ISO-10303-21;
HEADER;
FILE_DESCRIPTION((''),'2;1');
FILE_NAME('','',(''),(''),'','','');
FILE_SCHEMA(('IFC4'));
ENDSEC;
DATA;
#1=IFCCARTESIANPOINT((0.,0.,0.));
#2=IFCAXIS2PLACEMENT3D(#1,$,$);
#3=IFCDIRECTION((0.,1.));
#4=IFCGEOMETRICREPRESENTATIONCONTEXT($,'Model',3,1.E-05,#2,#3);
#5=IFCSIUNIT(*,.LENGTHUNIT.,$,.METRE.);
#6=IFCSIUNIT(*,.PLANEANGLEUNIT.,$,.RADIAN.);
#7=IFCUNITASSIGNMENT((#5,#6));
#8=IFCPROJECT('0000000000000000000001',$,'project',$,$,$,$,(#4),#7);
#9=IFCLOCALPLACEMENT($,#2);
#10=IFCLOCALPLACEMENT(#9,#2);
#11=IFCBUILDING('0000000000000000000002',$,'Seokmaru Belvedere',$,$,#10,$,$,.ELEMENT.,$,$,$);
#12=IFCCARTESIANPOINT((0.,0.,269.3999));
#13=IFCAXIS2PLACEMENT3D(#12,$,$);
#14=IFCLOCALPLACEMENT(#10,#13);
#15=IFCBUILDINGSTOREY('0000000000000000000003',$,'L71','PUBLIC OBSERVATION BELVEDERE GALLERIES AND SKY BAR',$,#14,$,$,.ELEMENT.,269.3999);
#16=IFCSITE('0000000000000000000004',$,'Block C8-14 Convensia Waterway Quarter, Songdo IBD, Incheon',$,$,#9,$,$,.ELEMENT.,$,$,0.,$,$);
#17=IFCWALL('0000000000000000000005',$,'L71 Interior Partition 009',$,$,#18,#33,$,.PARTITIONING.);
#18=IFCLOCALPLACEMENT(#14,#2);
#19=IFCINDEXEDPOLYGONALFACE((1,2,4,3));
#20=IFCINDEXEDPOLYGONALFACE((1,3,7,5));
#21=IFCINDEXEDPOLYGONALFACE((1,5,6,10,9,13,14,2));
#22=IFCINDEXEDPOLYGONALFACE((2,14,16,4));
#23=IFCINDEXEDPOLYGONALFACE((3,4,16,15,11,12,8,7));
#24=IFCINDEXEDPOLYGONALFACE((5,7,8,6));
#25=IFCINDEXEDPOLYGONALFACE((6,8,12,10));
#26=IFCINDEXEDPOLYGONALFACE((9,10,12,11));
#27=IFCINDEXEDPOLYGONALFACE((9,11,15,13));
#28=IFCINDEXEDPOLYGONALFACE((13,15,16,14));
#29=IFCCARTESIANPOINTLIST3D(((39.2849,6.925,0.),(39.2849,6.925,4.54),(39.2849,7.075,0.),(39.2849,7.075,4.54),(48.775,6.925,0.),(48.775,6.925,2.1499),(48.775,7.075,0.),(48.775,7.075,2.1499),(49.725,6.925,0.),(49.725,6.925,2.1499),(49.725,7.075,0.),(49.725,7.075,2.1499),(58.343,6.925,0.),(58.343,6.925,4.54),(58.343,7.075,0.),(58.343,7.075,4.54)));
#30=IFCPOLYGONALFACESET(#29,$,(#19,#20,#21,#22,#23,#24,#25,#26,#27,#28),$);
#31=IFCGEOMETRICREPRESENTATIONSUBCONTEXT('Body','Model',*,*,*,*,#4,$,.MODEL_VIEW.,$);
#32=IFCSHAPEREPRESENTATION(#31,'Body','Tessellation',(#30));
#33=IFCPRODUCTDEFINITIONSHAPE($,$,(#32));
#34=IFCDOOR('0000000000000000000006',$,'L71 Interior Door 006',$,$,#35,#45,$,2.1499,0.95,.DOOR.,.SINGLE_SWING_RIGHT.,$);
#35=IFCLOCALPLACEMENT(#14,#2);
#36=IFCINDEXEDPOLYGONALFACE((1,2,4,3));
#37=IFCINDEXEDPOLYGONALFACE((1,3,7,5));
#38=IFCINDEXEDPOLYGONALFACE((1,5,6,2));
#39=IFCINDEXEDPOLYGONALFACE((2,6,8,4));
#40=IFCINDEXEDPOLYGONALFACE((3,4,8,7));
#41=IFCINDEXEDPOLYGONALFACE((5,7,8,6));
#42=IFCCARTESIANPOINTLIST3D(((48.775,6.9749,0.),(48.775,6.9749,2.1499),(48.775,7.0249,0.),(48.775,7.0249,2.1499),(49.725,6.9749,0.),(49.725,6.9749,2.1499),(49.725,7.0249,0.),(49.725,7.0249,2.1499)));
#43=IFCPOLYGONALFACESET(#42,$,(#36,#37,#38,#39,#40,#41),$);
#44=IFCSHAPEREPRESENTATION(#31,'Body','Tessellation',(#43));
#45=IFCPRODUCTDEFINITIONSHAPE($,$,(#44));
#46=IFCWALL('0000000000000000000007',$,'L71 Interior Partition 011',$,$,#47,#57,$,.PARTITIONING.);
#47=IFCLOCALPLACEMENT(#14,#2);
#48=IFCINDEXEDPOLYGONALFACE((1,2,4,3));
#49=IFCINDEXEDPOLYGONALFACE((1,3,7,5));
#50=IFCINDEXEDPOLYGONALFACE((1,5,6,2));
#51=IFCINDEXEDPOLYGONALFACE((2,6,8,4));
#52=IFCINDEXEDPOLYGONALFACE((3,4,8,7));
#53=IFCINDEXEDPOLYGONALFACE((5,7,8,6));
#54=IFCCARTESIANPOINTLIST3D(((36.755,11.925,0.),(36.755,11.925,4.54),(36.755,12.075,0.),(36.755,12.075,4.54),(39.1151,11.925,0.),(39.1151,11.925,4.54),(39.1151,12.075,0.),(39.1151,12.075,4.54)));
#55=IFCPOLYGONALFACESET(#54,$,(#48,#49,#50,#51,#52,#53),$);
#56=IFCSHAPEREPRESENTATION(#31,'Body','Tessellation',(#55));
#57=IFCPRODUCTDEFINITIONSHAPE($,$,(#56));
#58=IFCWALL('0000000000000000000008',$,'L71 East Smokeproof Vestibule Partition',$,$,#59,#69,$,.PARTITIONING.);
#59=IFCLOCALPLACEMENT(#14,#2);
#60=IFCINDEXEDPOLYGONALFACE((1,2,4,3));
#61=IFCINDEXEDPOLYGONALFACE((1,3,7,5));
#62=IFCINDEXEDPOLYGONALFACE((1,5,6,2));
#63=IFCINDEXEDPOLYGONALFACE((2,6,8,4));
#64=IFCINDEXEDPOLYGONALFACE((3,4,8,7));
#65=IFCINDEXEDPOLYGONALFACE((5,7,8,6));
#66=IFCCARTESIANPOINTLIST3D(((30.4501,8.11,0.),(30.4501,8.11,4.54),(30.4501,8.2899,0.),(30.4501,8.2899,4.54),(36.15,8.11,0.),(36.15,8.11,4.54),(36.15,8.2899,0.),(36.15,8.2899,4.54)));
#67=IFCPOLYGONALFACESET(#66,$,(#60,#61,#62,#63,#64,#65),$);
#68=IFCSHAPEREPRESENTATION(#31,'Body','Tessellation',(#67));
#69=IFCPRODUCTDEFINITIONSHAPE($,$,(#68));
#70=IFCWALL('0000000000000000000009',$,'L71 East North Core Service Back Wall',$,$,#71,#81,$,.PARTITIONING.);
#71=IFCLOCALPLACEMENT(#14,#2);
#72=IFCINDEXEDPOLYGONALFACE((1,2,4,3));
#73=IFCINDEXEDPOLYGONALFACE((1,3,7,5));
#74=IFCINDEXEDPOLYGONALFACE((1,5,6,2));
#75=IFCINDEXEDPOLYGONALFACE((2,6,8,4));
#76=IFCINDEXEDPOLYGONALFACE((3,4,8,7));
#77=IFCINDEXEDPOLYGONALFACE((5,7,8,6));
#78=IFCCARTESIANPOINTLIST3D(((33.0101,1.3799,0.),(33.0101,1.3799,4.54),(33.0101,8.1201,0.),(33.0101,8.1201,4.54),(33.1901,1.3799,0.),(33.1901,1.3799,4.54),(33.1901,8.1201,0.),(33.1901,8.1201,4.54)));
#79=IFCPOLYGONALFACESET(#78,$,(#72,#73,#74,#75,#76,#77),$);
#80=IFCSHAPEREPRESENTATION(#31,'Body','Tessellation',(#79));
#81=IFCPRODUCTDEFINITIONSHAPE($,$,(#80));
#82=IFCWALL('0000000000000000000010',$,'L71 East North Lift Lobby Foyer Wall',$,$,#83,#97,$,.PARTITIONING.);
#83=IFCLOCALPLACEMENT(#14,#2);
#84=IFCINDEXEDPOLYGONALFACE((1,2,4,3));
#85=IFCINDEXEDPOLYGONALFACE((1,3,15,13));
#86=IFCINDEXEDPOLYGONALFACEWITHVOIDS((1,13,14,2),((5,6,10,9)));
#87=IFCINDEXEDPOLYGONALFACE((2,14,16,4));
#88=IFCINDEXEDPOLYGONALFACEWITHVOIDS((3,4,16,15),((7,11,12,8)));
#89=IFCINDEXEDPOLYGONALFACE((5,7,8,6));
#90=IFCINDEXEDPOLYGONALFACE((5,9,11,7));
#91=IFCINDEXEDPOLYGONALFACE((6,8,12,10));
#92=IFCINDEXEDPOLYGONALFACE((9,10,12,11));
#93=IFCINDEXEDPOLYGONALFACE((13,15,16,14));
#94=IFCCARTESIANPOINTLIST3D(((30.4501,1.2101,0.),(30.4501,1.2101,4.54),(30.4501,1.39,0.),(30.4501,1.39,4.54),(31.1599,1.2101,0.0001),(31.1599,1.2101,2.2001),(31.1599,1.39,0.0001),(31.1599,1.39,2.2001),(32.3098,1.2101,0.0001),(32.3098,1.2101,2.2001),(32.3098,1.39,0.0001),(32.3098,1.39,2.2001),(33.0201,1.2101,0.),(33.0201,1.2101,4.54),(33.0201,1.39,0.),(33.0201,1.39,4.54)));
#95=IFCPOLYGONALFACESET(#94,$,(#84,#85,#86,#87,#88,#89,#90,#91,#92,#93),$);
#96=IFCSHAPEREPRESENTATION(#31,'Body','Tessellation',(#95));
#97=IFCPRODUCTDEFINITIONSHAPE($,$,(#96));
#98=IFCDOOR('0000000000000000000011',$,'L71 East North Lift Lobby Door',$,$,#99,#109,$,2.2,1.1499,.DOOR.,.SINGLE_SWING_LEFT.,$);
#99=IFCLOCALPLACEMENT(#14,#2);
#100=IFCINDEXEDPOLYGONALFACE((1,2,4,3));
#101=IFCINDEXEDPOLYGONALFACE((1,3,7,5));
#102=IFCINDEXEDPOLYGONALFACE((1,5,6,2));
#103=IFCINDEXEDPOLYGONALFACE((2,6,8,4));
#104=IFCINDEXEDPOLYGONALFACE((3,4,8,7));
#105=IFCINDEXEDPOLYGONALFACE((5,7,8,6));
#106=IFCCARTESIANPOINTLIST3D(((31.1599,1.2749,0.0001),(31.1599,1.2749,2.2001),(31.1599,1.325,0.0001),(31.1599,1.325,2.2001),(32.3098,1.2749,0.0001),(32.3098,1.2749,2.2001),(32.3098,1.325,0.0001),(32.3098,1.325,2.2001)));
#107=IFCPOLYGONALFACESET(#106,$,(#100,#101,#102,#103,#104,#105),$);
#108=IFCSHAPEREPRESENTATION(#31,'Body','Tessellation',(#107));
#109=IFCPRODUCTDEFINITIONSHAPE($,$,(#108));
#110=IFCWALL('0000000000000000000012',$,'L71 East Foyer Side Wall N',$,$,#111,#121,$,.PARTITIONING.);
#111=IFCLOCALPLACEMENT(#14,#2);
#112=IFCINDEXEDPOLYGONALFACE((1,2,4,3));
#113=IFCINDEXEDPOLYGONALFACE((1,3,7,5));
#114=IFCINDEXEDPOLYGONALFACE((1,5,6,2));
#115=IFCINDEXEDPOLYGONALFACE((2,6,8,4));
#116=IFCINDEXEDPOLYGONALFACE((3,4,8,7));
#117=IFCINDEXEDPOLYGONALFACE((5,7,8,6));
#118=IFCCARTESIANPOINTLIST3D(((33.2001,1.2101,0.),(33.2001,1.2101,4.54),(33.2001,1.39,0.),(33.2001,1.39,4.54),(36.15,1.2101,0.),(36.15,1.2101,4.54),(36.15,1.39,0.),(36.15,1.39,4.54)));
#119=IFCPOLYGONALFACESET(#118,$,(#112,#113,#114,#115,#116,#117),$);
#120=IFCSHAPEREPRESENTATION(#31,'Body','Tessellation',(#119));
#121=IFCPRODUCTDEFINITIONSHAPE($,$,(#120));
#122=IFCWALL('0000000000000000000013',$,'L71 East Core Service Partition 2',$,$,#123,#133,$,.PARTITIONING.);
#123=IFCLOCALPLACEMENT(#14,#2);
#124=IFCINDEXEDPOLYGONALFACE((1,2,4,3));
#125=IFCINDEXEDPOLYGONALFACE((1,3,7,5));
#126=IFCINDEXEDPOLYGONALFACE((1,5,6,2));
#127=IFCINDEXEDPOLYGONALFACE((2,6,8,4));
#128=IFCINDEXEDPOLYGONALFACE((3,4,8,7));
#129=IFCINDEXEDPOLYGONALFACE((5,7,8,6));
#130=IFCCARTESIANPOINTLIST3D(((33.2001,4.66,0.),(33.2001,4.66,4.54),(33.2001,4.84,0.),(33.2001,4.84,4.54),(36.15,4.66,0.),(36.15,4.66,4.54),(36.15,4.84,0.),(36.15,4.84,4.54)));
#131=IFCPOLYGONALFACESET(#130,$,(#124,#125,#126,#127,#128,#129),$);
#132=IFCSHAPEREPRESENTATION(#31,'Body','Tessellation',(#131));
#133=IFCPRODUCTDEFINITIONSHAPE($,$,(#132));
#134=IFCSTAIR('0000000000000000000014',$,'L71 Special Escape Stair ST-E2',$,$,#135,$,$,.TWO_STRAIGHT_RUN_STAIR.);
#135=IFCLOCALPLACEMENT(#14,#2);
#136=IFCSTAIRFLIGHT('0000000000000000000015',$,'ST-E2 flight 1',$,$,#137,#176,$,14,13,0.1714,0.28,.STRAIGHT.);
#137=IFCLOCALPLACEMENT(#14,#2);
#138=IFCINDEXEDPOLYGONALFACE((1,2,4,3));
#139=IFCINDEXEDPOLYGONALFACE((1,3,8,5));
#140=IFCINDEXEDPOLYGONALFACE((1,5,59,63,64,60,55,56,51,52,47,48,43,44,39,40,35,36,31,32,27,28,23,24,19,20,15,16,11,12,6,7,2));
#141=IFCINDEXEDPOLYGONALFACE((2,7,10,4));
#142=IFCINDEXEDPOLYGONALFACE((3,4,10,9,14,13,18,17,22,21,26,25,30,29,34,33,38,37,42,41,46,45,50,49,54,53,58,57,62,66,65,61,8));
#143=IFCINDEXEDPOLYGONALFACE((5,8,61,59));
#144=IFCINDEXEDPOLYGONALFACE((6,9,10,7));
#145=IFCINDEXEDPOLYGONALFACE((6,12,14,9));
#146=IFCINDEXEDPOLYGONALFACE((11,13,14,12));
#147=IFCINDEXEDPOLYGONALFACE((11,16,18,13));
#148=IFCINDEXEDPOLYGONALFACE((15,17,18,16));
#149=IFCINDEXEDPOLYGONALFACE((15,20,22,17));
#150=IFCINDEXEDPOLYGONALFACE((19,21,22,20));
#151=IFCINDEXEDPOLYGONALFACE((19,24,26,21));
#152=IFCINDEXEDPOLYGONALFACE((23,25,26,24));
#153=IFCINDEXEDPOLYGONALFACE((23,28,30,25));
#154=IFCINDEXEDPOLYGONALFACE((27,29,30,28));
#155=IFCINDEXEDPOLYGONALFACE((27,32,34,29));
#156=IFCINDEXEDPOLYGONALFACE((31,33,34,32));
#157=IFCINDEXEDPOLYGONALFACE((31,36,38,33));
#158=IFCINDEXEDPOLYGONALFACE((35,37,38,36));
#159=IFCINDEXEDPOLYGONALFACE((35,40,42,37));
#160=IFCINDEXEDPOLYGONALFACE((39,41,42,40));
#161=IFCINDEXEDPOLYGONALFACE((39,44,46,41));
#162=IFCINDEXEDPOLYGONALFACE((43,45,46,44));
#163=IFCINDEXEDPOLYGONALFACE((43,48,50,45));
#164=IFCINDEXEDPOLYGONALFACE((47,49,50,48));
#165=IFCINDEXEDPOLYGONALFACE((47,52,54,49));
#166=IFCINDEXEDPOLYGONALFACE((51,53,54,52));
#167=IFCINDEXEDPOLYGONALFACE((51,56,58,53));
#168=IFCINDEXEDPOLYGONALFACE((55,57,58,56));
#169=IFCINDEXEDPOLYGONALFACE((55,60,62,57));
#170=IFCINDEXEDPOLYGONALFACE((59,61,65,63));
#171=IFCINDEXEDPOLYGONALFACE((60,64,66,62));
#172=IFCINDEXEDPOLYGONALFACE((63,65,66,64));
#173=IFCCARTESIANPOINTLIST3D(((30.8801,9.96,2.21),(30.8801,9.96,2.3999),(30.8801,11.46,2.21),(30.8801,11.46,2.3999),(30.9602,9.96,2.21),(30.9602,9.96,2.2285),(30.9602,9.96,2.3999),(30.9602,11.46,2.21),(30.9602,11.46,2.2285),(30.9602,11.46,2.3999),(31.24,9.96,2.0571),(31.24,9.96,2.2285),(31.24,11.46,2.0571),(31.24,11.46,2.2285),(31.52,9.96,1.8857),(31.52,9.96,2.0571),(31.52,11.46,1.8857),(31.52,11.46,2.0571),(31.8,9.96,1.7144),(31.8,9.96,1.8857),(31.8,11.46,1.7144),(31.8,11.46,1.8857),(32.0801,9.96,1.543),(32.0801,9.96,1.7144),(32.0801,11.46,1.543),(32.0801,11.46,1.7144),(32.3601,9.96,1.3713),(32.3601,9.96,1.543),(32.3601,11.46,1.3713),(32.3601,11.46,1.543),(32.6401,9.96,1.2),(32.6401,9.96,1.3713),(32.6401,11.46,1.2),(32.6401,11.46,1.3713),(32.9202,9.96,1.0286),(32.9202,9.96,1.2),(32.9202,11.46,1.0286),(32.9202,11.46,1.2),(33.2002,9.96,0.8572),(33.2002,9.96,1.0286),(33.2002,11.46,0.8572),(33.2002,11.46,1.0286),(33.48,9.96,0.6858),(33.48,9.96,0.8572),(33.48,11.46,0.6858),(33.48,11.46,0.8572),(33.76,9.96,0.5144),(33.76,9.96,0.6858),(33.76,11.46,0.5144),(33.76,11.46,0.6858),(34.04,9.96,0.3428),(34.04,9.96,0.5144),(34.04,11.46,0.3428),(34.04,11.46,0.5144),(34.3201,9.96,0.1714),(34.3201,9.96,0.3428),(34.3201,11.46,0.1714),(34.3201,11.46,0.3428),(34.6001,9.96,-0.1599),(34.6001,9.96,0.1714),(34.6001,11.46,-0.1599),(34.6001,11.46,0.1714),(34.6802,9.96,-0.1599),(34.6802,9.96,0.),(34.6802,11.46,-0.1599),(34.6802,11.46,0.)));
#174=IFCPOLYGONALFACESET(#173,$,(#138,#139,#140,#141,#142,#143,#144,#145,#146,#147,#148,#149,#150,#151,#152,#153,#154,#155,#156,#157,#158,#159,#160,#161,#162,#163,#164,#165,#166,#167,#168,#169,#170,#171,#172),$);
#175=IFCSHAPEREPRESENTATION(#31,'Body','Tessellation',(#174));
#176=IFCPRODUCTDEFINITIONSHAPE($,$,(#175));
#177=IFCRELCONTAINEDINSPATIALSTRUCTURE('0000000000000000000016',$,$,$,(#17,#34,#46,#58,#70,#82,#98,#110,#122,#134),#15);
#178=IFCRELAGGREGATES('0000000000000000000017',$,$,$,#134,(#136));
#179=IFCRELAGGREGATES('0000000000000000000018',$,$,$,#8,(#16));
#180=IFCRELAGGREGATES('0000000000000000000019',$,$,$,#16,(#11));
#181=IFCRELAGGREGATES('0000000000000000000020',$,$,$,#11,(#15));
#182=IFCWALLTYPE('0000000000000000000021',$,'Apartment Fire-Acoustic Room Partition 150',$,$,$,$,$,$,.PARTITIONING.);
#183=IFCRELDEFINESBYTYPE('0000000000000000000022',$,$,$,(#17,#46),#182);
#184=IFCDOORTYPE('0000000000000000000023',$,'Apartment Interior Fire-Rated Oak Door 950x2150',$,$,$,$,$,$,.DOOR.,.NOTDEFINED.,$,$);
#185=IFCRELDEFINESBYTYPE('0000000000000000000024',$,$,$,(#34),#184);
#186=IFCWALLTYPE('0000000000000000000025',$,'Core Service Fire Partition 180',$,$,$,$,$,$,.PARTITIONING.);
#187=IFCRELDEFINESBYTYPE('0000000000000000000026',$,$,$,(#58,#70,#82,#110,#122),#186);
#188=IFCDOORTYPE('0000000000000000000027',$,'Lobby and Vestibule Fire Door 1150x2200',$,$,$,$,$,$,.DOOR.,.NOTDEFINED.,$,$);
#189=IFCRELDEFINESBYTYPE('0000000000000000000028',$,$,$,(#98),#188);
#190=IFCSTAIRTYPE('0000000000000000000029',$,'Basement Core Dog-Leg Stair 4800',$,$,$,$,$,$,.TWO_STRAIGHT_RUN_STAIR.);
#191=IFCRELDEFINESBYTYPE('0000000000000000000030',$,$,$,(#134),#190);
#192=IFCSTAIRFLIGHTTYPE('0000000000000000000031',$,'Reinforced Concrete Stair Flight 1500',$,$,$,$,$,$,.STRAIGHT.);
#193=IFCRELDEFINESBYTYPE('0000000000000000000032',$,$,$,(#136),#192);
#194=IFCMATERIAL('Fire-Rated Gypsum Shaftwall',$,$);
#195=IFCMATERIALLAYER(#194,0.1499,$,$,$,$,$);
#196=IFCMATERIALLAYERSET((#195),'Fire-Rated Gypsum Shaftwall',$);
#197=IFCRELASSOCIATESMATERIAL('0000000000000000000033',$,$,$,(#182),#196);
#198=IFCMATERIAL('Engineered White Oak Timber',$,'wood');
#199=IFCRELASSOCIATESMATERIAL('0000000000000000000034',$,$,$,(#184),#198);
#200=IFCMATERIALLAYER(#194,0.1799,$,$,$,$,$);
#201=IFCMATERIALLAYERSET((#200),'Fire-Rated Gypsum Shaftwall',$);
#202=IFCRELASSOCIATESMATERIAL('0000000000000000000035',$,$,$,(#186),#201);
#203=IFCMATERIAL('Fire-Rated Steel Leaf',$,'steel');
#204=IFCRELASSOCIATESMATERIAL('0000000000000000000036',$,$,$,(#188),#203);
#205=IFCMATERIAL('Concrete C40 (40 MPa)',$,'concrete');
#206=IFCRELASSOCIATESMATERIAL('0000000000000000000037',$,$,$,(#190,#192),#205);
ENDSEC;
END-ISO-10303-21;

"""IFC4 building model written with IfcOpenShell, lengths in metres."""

from ifc_helpers import new_model, si_unit, direction, frame, frame_2d, origin, place, context, subcontext, project, spatial, polyline, rectangle, outline, extrude, source, transform, mapped, material, layer, layer_set, type_object, type_shapes, element, fill, aggregate, save


model = new_model("IFC4")

# Units and contexts
model_context = context("Model", 3, precision=1e-05, world=origin(), true_north=direction((0.0, 1.0)))
body_context = subcontext(model_context, "Body", "Model", "MODEL_VIEW")
ifc_project = project(units=[si_unit("LENGTHUNIT", "METRE"), si_unit("PLANEANGLEUNIT", "RADIAN")], contexts=[model_context])

# Site, building, storey
site_placement = place(None, origin())
site = spatial("IfcSite", under=ifc_project, at=site_placement, Name="Block C8-14 Convensia Waterway Quarter, Songdo IBD, Incheon", CompositionType="ELEMENT", RefElevation=0.0)
building_placement = place(site_placement, origin())
building = spatial("IfcBuilding", under=site, at=building_placement, Name="Seokmaru Belvedere", CompositionType="ELEMENT")
storey_placement = place(building_placement, frame((0.0, 0.0, 269.3999)))
storey = spatial("IfcBuildingStorey", under=building, at=storey_placement, Name="L71", Description="PUBLIC OBSERVATION BELVEDERE GALLERIES AND SKY BAR", CompositionType="ELEMENT", Elevation=269.3999)

# Wall, opening, door
ifc_material_1 = material(Name="Fire-Rated Gypsum Shaftwall")
ifc_layer_1 = layer(ifc_material_1, 0.1499)
ifc_layer_set_1 = layer_set([ifc_layer_1], Name="Fire-Rated Gypsum Shaftwall")
wall_type_1 = type_object("IfcWallType", Name="Apartment Fire-Acoustic Room Partition 150", PredefinedType="PARTITIONING", material=ifc_layer_set_1)
wall_1_placement = place(storey_placement, frame((39.2849, 7.0, 0.0), z_axis=(0.0, 0.0, 1.0), x_axis=(1.0, 0.0, 0.0)))
wall_1 = element("IfcWall", 1, at=wall_1_placement, inside=storey, type_object=wall_type_1, Name="L71 Interior Partition 009", PredefinedType="PARTITIONING", context=body_context, shape_type="SweptSolid", body=[
    extrude(rectangle(XDim=19.0581, YDim=0.1499, at=frame_2d((9.5291, 0.0))), origin(), (0.0, 0.0, 1.0), 4.54),
])
opening_1_placement = place(wall_1_placement, frame((9.49, 0.0, 0.0)))
opening_1 = element("IfcOpeningElement", 2, at=opening_1_placement, cuts=wall_1, PredefinedType="OPENING", context=body_context, shape_type="SweptSolid", body=[
    extrude(rectangle(XDim=0.95, YDim=2.1499, at=frame_2d((0.4751, 1.075))), frame((0.0, 0.085, 0.0), z_axis=(0.0, -1.0, 0.0), x_axis=(1.0, 0.0, 0.0)), (0.0, 0.0, 1.0), 0.1699),
])
ifc_material_2 = material(Name="Engineered White Oak Timber", Category="wood")
door_type_1 = type_object("IfcDoorType", Name="Apartment Interior Fire-Rated Oak Door 950x2150", OperationType="NOTDEFINED", PredefinedType="DOOR", material=ifc_material_2)
shared_shape_1 = source(origin(), body_context, "Body", "SweptSolid", [
    extrude(rectangle(XDim=0.95, YDim=2.1499, at=frame_2d((0.4751, 1.075))), frame((0.0, 0.0249, 0.0), z_axis=(0.0, -1.0, 0.0), x_axis=(1.0, 0.0, 0.0)), (0.0, 0.0, 1.0), 0.05),
])
type_shapes(door_type_1, [shared_shape_1])
door_1_placement = place(opening_1_placement, origin())
door_1 = element("IfcDoor", 3, at=door_1_placement, inside=storey, type_object=door_type_1, Name="L71 Interior Door 006", OperationType="SINGLE_SWING_RIGHT", OverallHeight=2.1499, OverallWidth=0.95, PredefinedType="DOOR", context=body_context, shape_type="MappedRepresentation", body=[
    mapped(shared_shape_1, transform((0.0, 0.0, 0.0), scale=1.0)),
])
fill(opening_1, door_1)

# Walls
wall_2_placement = place(storey_placement, frame((36.7549, 12.0, 0.0), z_axis=(0.0, 0.0, 1.0), x_axis=(1.0, 0.0, 0.0)))
element("IfcWall", 4, at=wall_2_placement, inside=storey, type_object=wall_type_1, Name="L71 Interior Partition 011", PredefinedType="PARTITIONING", context=body_context, shape_type="SweptSolid", body=[
    extrude(rectangle(XDim=2.3601, YDim=0.1499, at=frame_2d((1.1802, 0.0))), origin(), (0.0, 0.0, 1.0), 4.54),
])
ifc_layer_2 = layer(ifc_material_1, 0.1799)
ifc_layer_set_2 = layer_set([ifc_layer_2], Name="Fire-Rated Gypsum Shaftwall")
wall_type_2 = type_object("IfcWallType", Name="Core Service Fire Partition 180", PredefinedType="PARTITIONING", material=ifc_layer_set_2)
wall_3_placement = place(storey_placement, frame((30.45, 8.2, 0.0), z_axis=(0.0, 0.0, 1.0), x_axis=(1.0, 0.0, 0.0)))
element("IfcWall", 5, at=wall_3_placement, inside=storey, type_object=wall_type_2, Name="L71 East Smokeproof Vestibule Partition", PredefinedType="PARTITIONING", context=body_context, shape_type="SweptSolid", body=[
    extrude(rectangle(XDim=5.7, YDim=0.1799, at=frame_2d((2.8501, 0.0))), origin(), (0.0, 0.0, 1.0), 4.54),
])
wall_4_placement = place(storey_placement, frame((33.1001, 1.3799, 0.0), z_axis=(0.0, 0.0, 1.0), x_axis=(0.0, 1.0, 0.0)))
element("IfcWall", 6, at=wall_4_placement, inside=storey, type_object=wall_type_2, Name="L71 East North Core Service Back Wall", PredefinedType="PARTITIONING", context=body_context, shape_type="SweptSolid", body=[
    extrude(rectangle(XDim=6.7402, YDim=0.1799, at=frame_2d((3.3701, 0.0))), origin(), (0.0, 0.0, 1.0), 4.54),
])

# Wall, opening, door
wall_5_placement = place(storey_placement, frame((30.45, 1.3, 0.0), z_axis=(0.0, 0.0, 1.0), x_axis=(1.0, 0.0, 0.0)))
wall_5 = element("IfcWall", 7, at=wall_5_placement, inside=storey, type_object=wall_type_2, Name="L71 East North Lift Lobby Foyer Wall", PredefinedType="PARTITIONING", context=body_context, shape_type="SweptSolid", body=[
    extrude(rectangle(XDim=2.5701, YDim=0.1799, at=frame_2d((1.2852, 0.0))), origin(), (0.0, 0.0, 1.0), 4.54),
])
opening_2_placement = place(wall_5_placement, frame((0.71, 0.0, 0.0)))
opening_2 = element("IfcOpeningElement", 8, at=opening_2_placement, cuts=wall_5, PredefinedType="OPENING", context=body_context, shape_type="SweptSolid", body=[
    extrude(rectangle(XDim=1.1499, YDim=2.2, at=frame_2d((0.575, 1.1001))), frame((0.0, 0.1001, 0.0), z_axis=(0.0, -1.0, 0.0), x_axis=(1.0, 0.0, 0.0)), (0.0, 0.0, 1.0), 0.2),
])
ifc_material_3 = material(Name="Fire-Rated Steel Leaf", Category="steel")
door_type_2 = type_object("IfcDoorType", Name="Lobby and Vestibule Fire Door 1150x2200", OperationType="NOTDEFINED", PredefinedType="DOOR", material=ifc_material_3)
shared_shape_2 = source(origin(), body_context, "Body", "SweptSolid", [
    extrude(rectangle(XDim=1.1499, YDim=2.2, at=frame_2d((0.575, 1.1001))), frame((0.0, 0.0249, 0.0), z_axis=(0.0, -1.0, 0.0), x_axis=(1.0, 0.0, 0.0)), (0.0, 0.0, 1.0), 0.05),
])
type_shapes(door_type_2, [shared_shape_2])
door_2_placement = place(opening_2_placement, origin())
door_2 = element("IfcDoor", 9, at=door_2_placement, inside=storey, type_object=door_type_2, Name="L71 East North Lift Lobby Door", OperationType="SINGLE_SWING_LEFT", OverallHeight=2.2, OverallWidth=1.1499, PredefinedType="DOOR", context=body_context, shape_type="MappedRepresentation", body=[
    mapped(shared_shape_2, transform((0.0, 0.0, 0.0), scale=1.0)),
])
fill(opening_2, door_2)

# Walls
for number, where, z_axis, x_axis, name in (
    (10, (33.2, 1.3, 0.0), (0.0, 0.0, 1.0), (1.0, 0.0, 0.0), "L71 East Foyer Side Wall N"),
    (11, (33.2, 4.75, 0.0), (0.0, 0.0, 1.0), (1.0, 0.0, 0.0), "L71 East Core Service Partition 2"),
):
    element("IfcWall", number, at=place(storey_placement, frame(where, z_axis=z_axis, x_axis=x_axis)), inside=storey, type_object=wall_type_2, Name=name, PredefinedType="PARTITIONING", context=body_context, shape_type="SweptSolid", body=[
        extrude(rectangle(XDim=2.95, YDim=0.1799, at=frame_2d((1.4751, 0.0))), origin(), (0.0, 0.0, 1.0), 4.54),
    ])

# Stair, stair flight
ifc_material_4 = material(Name="Concrete C40 (40 MPa)", Category="concrete")
stair_type = type_object("IfcStairType", Name="Basement Core Dog-Leg Stair 4800", PredefinedType="TWO_STRAIGHT_RUN_STAIR", material=ifc_material_4)
stair_placement = place(storey_placement, origin())
stair = element("IfcStair", 12, at=stair_placement, inside=storey, type_object=stair_type, Name="L71 Special Escape Stair ST-E2", PredefinedType="TWO_STRAIGHT_RUN_STAIR")
stair_flight_type = type_object("IfcStairFlightType", Name="Reinforced Concrete Stair Flight 1500", PredefinedType="STRAIGHT", material=ifc_material_4)
stair_flight_1_placement = place(storey_placement, frame((34.6001, 10.71, 0.0), z_axis=(0.0, 0.0, 1.0), x_axis=(-1.0, 0.0, 0.0)))
stair_flight_1 = element("IfcStairFlight", 13, at=stair_flight_1_placement, type_object=stair_flight_type, Name="ST-E2 flight 1", NumberOfRisers=14, NumberOfTreads=13, PredefinedType="STRAIGHT", RiserHeight=0.1714, TreadLength=0.28, context=body_context, shape_type="SweptSolid", body=[
    extrude(outline(polyline([(-0.0801, 0.0), (0.0, 0.1714), (0.28, 0.1714), (0.28, 0.3428), (0.5601, 0.3428), (0.5601, 0.5144), (0.8401, 0.5144), (0.8401, 0.6858), (1.1201, 0.6858), (1.1201, 0.8572), (1.3999, 0.8572), (1.3999, 1.0286), (1.6799, 1.0286), (1.6799, 1.2), (1.96, 1.2), (1.96, 1.3713), (2.24, 1.3713), (2.24, 1.543), (2.52, 1.543), (2.52, 1.7144), (2.8, 1.7144), (2.8, 1.8857), (3.0801, 1.8857), (3.0801, 2.0571), (3.3601, 2.0571), (3.3601, 2.2285), (3.6399, 2.2285), (3.6399, 2.3999), (3.72, 2.3999), (3.72, 2.21), (3.6399, 2.21), (0.0, -0.1599), (-0.0801, -0.1599), (-0.0801, 0.0)])), frame((0.0, 0.75, 0.0), z_axis=(0.0, -1.0, 0.0), x_axis=(1.0, 0.0, 0.0)), (0.0, 0.0, 1.0), 1.5),
])
aggregate(stair, [stair_flight_1])

save(model, "model.ifc")
